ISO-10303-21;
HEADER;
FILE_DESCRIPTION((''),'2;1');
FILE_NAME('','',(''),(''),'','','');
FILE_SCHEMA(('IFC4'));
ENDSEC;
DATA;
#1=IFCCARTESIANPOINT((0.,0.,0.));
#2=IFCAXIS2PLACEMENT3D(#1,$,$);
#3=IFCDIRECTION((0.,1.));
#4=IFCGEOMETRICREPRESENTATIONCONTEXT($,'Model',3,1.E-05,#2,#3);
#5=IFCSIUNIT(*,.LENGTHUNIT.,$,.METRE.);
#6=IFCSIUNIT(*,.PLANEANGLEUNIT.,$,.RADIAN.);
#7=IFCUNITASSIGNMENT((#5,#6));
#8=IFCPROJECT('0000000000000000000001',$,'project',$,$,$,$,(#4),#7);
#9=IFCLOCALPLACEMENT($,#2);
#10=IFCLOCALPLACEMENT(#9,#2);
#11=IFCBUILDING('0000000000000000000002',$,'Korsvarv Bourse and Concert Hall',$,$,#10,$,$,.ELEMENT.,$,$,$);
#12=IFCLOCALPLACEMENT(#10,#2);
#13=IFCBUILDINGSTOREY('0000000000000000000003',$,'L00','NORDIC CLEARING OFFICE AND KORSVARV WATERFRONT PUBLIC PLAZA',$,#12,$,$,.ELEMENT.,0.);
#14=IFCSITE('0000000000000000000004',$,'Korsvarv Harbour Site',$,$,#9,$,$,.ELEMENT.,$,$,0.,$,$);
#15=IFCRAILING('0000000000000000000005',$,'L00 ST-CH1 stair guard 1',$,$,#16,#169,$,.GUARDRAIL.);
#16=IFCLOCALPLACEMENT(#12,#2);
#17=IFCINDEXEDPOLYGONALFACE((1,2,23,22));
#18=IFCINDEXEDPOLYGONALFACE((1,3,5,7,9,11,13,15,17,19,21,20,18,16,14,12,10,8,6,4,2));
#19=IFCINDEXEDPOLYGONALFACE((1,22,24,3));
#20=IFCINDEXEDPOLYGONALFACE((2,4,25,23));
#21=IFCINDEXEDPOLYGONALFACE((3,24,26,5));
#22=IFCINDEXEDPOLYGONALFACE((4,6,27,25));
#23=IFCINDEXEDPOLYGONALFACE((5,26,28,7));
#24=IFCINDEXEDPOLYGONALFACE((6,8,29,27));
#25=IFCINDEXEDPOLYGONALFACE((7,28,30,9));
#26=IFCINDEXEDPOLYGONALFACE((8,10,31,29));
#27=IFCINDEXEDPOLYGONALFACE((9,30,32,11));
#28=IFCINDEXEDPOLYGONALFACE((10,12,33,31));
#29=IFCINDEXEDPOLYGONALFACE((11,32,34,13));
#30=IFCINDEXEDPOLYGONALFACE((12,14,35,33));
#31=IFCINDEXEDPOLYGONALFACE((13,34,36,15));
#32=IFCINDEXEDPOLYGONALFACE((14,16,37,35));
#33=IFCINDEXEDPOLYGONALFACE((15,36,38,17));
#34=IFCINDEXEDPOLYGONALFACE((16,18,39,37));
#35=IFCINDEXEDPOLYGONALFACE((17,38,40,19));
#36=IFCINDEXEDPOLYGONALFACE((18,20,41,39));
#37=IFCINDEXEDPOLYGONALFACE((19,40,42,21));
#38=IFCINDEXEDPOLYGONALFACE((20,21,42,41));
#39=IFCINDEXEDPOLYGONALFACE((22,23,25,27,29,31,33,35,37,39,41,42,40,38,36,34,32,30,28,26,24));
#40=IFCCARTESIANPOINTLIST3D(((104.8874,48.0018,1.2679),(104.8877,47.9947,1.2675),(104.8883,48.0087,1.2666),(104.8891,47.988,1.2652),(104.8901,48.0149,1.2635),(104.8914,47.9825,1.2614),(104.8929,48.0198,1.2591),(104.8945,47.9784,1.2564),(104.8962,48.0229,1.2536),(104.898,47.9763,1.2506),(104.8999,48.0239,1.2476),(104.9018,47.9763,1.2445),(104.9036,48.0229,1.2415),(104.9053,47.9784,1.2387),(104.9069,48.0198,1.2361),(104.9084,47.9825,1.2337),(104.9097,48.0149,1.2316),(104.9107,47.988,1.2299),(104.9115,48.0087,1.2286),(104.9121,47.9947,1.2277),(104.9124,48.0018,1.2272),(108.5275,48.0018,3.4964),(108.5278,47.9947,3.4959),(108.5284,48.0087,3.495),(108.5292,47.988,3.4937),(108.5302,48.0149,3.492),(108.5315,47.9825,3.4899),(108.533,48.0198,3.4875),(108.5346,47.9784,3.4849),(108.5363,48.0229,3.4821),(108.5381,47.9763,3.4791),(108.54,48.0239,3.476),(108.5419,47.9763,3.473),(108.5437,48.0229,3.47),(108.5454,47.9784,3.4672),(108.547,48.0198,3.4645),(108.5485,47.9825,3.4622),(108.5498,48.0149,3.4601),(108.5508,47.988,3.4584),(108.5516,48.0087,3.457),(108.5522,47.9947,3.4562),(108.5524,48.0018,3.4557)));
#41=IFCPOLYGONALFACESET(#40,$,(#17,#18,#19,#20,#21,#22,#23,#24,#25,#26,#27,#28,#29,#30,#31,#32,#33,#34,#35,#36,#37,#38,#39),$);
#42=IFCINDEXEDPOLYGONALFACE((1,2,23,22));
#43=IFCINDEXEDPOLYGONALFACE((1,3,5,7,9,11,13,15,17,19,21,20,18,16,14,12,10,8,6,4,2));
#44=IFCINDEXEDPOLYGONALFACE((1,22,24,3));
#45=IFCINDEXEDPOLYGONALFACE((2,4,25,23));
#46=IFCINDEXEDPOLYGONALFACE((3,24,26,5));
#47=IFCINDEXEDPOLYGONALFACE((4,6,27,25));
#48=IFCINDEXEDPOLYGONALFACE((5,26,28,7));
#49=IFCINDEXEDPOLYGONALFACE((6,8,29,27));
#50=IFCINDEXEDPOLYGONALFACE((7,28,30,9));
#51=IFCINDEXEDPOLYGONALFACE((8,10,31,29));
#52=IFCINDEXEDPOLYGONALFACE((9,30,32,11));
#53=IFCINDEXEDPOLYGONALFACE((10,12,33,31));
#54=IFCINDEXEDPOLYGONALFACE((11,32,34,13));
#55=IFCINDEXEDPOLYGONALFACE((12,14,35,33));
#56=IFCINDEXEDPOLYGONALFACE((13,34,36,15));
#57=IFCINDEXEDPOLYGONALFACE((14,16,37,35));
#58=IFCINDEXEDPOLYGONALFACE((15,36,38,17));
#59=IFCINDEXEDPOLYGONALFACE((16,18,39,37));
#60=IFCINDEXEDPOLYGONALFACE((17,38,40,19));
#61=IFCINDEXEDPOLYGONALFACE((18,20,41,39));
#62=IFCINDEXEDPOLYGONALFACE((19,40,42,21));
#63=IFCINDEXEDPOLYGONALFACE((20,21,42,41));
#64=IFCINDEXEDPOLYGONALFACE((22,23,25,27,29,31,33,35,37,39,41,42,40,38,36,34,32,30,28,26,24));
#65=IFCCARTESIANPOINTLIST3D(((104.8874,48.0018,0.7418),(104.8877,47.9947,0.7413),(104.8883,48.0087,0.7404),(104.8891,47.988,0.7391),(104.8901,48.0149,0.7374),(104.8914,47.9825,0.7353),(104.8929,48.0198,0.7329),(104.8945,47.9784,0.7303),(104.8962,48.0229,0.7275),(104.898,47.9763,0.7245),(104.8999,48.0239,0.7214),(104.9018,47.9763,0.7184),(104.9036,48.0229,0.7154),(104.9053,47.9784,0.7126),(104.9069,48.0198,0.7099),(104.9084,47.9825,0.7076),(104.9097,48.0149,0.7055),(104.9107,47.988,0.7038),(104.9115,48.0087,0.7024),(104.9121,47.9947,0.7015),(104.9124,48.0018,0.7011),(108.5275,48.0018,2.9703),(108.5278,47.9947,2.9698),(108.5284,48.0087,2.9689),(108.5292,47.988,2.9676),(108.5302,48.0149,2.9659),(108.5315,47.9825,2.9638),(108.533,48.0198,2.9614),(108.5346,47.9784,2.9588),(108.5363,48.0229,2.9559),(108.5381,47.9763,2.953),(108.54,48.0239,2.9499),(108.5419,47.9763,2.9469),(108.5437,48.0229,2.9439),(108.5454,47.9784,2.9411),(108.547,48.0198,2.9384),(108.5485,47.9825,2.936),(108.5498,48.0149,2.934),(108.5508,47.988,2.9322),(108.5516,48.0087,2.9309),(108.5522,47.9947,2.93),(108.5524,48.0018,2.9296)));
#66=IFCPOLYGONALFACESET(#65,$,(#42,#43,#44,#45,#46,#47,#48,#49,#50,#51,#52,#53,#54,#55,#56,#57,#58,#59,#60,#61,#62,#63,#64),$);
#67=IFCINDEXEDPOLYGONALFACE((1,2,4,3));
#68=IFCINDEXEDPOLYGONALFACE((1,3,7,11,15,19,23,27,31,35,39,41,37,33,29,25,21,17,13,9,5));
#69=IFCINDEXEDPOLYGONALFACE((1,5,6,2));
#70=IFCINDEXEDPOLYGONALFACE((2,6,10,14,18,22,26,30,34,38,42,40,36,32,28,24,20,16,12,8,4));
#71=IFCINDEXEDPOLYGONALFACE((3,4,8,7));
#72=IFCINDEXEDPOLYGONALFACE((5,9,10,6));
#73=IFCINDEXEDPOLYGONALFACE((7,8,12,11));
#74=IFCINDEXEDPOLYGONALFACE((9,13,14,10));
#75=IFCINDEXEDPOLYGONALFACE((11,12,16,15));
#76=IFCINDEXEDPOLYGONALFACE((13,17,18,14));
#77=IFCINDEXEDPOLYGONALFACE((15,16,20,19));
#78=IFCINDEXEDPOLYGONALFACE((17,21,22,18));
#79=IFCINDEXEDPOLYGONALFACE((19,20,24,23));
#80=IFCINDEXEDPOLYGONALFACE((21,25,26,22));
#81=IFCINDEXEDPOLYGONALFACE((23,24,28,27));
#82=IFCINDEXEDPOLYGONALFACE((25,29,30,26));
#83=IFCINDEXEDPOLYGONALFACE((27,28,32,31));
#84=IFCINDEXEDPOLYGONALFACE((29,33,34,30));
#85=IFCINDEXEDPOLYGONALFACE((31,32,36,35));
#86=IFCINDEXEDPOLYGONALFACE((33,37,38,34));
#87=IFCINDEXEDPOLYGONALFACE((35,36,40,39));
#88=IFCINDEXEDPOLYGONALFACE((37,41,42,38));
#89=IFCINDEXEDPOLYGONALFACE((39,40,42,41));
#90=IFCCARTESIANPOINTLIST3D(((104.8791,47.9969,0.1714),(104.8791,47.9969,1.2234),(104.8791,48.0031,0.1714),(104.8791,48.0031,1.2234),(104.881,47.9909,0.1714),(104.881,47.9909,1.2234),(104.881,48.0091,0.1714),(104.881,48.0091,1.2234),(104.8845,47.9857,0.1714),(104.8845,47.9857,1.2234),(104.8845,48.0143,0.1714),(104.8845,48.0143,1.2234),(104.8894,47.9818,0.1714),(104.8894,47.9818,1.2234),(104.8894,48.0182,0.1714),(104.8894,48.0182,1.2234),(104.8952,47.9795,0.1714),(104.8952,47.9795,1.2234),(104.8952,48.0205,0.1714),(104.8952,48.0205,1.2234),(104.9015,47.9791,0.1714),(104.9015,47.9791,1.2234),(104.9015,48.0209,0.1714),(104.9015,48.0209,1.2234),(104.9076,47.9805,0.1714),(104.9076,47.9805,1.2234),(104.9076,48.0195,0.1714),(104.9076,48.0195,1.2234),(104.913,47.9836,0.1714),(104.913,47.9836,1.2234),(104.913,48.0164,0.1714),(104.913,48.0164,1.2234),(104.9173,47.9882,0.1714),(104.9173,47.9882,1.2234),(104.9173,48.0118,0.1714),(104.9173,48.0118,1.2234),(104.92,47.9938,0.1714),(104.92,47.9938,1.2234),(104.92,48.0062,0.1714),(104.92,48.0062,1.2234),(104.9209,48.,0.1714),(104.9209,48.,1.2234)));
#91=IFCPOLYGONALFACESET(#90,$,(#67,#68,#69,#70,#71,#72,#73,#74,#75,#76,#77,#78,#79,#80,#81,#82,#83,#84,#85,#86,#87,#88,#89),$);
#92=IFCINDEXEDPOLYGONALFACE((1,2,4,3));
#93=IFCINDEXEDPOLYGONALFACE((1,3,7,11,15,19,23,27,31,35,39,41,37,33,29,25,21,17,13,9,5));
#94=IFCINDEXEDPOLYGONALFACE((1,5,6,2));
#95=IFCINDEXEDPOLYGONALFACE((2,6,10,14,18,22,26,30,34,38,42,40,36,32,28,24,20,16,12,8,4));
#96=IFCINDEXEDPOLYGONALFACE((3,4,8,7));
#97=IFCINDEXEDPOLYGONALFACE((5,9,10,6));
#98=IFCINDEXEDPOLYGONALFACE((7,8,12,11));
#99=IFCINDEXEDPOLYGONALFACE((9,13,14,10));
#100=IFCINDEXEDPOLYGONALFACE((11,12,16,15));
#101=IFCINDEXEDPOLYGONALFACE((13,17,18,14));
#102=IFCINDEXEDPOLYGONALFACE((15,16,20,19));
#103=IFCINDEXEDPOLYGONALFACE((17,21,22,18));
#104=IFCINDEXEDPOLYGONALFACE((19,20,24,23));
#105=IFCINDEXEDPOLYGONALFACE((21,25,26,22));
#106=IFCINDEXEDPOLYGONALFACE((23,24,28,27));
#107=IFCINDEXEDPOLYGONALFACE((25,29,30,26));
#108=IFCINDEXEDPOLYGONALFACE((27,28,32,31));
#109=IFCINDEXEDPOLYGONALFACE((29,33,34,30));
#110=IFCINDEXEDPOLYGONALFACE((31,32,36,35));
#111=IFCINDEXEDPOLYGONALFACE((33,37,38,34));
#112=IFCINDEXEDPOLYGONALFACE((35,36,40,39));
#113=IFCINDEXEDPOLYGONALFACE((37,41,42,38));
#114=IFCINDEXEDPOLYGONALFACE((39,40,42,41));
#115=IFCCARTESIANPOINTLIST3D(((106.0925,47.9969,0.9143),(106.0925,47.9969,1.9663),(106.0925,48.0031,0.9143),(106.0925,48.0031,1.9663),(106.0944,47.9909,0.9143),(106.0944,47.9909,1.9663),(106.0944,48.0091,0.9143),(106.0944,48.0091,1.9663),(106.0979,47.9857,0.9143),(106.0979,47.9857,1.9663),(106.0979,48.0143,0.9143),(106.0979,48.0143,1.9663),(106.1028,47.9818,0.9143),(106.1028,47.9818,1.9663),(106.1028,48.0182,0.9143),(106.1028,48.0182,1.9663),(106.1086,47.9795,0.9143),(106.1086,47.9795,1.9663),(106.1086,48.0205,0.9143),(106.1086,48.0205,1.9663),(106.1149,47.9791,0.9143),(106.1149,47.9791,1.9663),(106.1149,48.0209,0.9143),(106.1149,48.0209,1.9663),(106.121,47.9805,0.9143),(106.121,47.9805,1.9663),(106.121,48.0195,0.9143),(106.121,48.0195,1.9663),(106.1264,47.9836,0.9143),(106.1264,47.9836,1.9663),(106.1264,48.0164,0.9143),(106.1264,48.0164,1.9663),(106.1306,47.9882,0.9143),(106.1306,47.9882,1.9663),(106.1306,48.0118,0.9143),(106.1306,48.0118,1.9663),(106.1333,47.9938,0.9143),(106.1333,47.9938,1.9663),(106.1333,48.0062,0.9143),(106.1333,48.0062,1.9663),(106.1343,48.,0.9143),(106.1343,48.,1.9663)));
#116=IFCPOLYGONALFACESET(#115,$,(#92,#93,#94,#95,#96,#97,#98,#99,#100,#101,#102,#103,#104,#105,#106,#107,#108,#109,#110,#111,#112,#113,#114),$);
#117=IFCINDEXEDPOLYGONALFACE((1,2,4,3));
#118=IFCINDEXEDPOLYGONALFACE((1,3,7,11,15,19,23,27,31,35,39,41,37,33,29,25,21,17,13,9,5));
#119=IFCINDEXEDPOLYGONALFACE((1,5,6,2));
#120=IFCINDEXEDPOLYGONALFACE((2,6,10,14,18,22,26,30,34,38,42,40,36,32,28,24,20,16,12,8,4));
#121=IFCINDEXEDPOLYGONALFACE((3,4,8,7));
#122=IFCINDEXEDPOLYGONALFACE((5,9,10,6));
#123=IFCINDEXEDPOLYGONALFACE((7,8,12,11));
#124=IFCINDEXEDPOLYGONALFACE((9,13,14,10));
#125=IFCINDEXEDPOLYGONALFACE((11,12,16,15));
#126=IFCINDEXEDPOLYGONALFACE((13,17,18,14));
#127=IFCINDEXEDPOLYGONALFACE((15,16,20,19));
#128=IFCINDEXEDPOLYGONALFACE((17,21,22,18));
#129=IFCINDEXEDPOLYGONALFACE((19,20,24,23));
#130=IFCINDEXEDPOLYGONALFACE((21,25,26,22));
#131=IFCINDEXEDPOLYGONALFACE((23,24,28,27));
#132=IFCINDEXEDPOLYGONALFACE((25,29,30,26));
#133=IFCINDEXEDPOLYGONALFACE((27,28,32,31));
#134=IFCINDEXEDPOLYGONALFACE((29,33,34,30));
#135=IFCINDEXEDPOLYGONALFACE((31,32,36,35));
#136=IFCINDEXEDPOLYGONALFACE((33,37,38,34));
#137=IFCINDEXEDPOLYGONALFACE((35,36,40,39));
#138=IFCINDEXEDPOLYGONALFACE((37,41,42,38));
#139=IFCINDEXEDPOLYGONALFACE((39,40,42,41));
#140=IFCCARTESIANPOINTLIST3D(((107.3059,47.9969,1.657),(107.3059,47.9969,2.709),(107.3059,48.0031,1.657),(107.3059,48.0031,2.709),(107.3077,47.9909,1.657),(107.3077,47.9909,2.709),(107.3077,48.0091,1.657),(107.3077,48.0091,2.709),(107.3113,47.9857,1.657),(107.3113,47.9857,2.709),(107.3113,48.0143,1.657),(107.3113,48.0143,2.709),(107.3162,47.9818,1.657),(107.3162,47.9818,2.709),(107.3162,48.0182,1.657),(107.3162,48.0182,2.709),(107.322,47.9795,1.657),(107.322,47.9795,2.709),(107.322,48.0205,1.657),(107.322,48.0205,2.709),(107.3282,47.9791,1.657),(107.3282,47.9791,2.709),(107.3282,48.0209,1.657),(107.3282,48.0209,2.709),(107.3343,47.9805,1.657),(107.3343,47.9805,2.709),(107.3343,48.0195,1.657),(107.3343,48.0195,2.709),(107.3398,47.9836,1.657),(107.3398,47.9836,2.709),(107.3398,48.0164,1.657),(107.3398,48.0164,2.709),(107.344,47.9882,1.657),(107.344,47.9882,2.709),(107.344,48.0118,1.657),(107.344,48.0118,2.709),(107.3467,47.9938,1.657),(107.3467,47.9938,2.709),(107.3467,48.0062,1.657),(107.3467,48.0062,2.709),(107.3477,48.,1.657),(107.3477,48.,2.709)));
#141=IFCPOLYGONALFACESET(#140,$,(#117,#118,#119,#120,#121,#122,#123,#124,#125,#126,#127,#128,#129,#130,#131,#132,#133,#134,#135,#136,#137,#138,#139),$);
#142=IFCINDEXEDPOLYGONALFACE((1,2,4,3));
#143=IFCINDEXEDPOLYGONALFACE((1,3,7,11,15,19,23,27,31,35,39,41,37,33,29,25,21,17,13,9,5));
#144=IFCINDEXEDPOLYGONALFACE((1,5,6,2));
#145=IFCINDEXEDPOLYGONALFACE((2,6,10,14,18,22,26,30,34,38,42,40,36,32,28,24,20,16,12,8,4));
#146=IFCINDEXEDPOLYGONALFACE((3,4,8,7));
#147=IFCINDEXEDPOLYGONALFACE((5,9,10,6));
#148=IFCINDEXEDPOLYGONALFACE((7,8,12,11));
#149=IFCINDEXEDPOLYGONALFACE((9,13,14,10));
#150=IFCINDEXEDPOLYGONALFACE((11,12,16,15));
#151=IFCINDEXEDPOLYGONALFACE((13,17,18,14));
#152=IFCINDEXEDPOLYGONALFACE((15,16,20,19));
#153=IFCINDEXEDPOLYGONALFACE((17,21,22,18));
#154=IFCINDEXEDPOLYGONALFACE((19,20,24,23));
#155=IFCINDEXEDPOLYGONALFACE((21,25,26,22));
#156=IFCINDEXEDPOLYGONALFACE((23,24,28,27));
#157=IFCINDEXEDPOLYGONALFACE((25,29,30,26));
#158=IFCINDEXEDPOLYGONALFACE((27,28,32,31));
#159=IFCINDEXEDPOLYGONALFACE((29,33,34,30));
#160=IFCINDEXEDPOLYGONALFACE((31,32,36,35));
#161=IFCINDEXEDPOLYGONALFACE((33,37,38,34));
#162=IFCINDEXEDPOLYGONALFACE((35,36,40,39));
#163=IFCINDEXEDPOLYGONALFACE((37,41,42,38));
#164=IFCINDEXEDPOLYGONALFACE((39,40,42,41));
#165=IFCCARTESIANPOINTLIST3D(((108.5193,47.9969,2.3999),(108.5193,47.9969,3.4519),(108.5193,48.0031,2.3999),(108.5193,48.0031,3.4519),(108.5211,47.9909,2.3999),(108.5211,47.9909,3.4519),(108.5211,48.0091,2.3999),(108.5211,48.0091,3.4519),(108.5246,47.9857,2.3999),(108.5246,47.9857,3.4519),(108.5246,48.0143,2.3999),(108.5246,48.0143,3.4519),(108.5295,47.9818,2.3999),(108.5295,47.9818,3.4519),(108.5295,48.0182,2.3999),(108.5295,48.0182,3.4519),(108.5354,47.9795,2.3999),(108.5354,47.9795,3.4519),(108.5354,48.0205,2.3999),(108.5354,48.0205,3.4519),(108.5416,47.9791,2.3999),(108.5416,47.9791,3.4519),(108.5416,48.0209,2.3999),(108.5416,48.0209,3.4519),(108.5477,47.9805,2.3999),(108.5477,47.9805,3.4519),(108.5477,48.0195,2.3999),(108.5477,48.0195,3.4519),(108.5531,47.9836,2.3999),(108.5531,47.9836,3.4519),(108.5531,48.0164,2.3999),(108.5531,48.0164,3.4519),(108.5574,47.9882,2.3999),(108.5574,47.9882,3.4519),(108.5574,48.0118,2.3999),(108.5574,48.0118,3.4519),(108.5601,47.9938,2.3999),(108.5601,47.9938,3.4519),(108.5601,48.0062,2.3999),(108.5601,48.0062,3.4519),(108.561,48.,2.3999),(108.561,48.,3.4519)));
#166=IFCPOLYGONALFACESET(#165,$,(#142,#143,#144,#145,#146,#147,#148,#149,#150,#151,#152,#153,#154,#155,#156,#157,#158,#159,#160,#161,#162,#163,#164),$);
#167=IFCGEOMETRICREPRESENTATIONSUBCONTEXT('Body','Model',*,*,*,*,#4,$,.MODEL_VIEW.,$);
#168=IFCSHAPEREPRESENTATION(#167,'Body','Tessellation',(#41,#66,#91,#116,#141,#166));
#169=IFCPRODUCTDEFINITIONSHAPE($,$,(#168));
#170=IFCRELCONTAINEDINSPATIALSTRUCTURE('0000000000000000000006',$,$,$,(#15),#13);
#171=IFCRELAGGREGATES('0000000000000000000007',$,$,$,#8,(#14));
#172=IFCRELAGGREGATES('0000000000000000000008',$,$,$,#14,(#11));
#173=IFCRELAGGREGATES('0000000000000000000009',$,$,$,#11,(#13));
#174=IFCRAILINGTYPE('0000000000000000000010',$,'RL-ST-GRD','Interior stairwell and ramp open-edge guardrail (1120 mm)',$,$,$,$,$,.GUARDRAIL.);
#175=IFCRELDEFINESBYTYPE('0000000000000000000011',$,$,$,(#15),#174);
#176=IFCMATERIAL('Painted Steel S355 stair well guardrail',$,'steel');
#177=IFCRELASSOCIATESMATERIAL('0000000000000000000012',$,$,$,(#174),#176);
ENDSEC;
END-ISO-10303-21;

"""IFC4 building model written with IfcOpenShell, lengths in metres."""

from ifc_helpers import new_model, si_unit, direction, frame, origin, origin_2d, place, context, subcontext, project, spatial, circle, extrude, material, type_object, element, save


model = new_model("IFC4")

# Units and contexts
model_context = context("Model", 3, precision=1e-05, world=origin(), true_north=direction((0.0, 1.0)))
body_context = subcontext(model_context, "Body", "Model", "MODEL_VIEW")
ifc_project = project(units=[si_unit("LENGTHUNIT", "METRE"), si_unit("PLANEANGLEUNIT", "RADIAN")], contexts=[model_context])

# Site, building, storey
site_placement = place(None, origin())
site = spatial("IfcSite", under=ifc_project, at=site_placement, Name="Korsvarv Harbour Site", CompositionType="ELEMENT", RefElevation=0.0)
building_placement = place(site_placement, origin())
building = spatial("IfcBuilding", under=site, at=building_placement, Name="Korsvarv Bourse and Concert Hall", CompositionType="ELEMENT")
storey_placement = place(building_placement, origin())
storey = spatial("IfcBuildingStorey", under=building, at=storey_placement, Name="L00", Description="NORDIC CLEARING OFFICE AND KORSVARV WATERFRONT PUBLIC PLAZA", CompositionType="ELEMENT", Elevation=0.0)

# Railing
ifc_material_1 = material(Name="Painted Steel S355 stair well guardrail", Category="steel")
railing_type_1 = type_object("IfcRailingType", Name="RL-ST-GRD", Description="Interior stairwell and ramp open-edge guardrail (1120 mm)", PredefinedType="GUARDRAIL", material=ifc_material_1)
railing_1_placement = place(storey_placement, frame((104.8999, 48.0, 0.1714)))
element("IfcRailing", 1, at=railing_1_placement, inside=storey, type_object=railing_type_1, Name="L00 ST-CH1 stair guard 1", PredefinedType="GUARDRAIL", context=body_context, shape_type="SweptSolid", body=[
    extrude(circle(Radius=0.0239, at=origin_2d()), frame((0.0, 0.0, 1.0762), z_axis=(0.852866, 0.0, 0.52213), x_axis=(0.0, 1.0, 0.0)), (0.0, 0.0, 1.0), 4.2681),
    extrude(circle(Radius=0.0239, at=origin_2d()), frame((0.0, 0.0, 0.55), z_axis=(0.852866, 0.0, 0.52213), x_axis=(0.0, 1.0, 0.0)), (0.0, 0.0, 1.0), 4.2681),
    extrude(circle(Radius=0.021, at=origin_2d()), origin(), (0.0, 0.0, 1.0), 1.052),
    extrude(circle(Radius=0.021, at=origin_2d()), frame((1.2134, 0.0, 0.7429)), (0.0, 0.0, 1.0), 1.052),
    extrude(circle(Radius=0.021, at=origin_2d()), frame((2.4268, 0.0, 1.4856)), (0.0, 0.0, 1.0), 1.052),
    extrude(circle(Radius=0.021, at=origin_2d()), frame((3.6401, 0.0, 2.2285)), (0.0, 0.0, 1.0), 1.052),
])

save(model, "model.ifc")
